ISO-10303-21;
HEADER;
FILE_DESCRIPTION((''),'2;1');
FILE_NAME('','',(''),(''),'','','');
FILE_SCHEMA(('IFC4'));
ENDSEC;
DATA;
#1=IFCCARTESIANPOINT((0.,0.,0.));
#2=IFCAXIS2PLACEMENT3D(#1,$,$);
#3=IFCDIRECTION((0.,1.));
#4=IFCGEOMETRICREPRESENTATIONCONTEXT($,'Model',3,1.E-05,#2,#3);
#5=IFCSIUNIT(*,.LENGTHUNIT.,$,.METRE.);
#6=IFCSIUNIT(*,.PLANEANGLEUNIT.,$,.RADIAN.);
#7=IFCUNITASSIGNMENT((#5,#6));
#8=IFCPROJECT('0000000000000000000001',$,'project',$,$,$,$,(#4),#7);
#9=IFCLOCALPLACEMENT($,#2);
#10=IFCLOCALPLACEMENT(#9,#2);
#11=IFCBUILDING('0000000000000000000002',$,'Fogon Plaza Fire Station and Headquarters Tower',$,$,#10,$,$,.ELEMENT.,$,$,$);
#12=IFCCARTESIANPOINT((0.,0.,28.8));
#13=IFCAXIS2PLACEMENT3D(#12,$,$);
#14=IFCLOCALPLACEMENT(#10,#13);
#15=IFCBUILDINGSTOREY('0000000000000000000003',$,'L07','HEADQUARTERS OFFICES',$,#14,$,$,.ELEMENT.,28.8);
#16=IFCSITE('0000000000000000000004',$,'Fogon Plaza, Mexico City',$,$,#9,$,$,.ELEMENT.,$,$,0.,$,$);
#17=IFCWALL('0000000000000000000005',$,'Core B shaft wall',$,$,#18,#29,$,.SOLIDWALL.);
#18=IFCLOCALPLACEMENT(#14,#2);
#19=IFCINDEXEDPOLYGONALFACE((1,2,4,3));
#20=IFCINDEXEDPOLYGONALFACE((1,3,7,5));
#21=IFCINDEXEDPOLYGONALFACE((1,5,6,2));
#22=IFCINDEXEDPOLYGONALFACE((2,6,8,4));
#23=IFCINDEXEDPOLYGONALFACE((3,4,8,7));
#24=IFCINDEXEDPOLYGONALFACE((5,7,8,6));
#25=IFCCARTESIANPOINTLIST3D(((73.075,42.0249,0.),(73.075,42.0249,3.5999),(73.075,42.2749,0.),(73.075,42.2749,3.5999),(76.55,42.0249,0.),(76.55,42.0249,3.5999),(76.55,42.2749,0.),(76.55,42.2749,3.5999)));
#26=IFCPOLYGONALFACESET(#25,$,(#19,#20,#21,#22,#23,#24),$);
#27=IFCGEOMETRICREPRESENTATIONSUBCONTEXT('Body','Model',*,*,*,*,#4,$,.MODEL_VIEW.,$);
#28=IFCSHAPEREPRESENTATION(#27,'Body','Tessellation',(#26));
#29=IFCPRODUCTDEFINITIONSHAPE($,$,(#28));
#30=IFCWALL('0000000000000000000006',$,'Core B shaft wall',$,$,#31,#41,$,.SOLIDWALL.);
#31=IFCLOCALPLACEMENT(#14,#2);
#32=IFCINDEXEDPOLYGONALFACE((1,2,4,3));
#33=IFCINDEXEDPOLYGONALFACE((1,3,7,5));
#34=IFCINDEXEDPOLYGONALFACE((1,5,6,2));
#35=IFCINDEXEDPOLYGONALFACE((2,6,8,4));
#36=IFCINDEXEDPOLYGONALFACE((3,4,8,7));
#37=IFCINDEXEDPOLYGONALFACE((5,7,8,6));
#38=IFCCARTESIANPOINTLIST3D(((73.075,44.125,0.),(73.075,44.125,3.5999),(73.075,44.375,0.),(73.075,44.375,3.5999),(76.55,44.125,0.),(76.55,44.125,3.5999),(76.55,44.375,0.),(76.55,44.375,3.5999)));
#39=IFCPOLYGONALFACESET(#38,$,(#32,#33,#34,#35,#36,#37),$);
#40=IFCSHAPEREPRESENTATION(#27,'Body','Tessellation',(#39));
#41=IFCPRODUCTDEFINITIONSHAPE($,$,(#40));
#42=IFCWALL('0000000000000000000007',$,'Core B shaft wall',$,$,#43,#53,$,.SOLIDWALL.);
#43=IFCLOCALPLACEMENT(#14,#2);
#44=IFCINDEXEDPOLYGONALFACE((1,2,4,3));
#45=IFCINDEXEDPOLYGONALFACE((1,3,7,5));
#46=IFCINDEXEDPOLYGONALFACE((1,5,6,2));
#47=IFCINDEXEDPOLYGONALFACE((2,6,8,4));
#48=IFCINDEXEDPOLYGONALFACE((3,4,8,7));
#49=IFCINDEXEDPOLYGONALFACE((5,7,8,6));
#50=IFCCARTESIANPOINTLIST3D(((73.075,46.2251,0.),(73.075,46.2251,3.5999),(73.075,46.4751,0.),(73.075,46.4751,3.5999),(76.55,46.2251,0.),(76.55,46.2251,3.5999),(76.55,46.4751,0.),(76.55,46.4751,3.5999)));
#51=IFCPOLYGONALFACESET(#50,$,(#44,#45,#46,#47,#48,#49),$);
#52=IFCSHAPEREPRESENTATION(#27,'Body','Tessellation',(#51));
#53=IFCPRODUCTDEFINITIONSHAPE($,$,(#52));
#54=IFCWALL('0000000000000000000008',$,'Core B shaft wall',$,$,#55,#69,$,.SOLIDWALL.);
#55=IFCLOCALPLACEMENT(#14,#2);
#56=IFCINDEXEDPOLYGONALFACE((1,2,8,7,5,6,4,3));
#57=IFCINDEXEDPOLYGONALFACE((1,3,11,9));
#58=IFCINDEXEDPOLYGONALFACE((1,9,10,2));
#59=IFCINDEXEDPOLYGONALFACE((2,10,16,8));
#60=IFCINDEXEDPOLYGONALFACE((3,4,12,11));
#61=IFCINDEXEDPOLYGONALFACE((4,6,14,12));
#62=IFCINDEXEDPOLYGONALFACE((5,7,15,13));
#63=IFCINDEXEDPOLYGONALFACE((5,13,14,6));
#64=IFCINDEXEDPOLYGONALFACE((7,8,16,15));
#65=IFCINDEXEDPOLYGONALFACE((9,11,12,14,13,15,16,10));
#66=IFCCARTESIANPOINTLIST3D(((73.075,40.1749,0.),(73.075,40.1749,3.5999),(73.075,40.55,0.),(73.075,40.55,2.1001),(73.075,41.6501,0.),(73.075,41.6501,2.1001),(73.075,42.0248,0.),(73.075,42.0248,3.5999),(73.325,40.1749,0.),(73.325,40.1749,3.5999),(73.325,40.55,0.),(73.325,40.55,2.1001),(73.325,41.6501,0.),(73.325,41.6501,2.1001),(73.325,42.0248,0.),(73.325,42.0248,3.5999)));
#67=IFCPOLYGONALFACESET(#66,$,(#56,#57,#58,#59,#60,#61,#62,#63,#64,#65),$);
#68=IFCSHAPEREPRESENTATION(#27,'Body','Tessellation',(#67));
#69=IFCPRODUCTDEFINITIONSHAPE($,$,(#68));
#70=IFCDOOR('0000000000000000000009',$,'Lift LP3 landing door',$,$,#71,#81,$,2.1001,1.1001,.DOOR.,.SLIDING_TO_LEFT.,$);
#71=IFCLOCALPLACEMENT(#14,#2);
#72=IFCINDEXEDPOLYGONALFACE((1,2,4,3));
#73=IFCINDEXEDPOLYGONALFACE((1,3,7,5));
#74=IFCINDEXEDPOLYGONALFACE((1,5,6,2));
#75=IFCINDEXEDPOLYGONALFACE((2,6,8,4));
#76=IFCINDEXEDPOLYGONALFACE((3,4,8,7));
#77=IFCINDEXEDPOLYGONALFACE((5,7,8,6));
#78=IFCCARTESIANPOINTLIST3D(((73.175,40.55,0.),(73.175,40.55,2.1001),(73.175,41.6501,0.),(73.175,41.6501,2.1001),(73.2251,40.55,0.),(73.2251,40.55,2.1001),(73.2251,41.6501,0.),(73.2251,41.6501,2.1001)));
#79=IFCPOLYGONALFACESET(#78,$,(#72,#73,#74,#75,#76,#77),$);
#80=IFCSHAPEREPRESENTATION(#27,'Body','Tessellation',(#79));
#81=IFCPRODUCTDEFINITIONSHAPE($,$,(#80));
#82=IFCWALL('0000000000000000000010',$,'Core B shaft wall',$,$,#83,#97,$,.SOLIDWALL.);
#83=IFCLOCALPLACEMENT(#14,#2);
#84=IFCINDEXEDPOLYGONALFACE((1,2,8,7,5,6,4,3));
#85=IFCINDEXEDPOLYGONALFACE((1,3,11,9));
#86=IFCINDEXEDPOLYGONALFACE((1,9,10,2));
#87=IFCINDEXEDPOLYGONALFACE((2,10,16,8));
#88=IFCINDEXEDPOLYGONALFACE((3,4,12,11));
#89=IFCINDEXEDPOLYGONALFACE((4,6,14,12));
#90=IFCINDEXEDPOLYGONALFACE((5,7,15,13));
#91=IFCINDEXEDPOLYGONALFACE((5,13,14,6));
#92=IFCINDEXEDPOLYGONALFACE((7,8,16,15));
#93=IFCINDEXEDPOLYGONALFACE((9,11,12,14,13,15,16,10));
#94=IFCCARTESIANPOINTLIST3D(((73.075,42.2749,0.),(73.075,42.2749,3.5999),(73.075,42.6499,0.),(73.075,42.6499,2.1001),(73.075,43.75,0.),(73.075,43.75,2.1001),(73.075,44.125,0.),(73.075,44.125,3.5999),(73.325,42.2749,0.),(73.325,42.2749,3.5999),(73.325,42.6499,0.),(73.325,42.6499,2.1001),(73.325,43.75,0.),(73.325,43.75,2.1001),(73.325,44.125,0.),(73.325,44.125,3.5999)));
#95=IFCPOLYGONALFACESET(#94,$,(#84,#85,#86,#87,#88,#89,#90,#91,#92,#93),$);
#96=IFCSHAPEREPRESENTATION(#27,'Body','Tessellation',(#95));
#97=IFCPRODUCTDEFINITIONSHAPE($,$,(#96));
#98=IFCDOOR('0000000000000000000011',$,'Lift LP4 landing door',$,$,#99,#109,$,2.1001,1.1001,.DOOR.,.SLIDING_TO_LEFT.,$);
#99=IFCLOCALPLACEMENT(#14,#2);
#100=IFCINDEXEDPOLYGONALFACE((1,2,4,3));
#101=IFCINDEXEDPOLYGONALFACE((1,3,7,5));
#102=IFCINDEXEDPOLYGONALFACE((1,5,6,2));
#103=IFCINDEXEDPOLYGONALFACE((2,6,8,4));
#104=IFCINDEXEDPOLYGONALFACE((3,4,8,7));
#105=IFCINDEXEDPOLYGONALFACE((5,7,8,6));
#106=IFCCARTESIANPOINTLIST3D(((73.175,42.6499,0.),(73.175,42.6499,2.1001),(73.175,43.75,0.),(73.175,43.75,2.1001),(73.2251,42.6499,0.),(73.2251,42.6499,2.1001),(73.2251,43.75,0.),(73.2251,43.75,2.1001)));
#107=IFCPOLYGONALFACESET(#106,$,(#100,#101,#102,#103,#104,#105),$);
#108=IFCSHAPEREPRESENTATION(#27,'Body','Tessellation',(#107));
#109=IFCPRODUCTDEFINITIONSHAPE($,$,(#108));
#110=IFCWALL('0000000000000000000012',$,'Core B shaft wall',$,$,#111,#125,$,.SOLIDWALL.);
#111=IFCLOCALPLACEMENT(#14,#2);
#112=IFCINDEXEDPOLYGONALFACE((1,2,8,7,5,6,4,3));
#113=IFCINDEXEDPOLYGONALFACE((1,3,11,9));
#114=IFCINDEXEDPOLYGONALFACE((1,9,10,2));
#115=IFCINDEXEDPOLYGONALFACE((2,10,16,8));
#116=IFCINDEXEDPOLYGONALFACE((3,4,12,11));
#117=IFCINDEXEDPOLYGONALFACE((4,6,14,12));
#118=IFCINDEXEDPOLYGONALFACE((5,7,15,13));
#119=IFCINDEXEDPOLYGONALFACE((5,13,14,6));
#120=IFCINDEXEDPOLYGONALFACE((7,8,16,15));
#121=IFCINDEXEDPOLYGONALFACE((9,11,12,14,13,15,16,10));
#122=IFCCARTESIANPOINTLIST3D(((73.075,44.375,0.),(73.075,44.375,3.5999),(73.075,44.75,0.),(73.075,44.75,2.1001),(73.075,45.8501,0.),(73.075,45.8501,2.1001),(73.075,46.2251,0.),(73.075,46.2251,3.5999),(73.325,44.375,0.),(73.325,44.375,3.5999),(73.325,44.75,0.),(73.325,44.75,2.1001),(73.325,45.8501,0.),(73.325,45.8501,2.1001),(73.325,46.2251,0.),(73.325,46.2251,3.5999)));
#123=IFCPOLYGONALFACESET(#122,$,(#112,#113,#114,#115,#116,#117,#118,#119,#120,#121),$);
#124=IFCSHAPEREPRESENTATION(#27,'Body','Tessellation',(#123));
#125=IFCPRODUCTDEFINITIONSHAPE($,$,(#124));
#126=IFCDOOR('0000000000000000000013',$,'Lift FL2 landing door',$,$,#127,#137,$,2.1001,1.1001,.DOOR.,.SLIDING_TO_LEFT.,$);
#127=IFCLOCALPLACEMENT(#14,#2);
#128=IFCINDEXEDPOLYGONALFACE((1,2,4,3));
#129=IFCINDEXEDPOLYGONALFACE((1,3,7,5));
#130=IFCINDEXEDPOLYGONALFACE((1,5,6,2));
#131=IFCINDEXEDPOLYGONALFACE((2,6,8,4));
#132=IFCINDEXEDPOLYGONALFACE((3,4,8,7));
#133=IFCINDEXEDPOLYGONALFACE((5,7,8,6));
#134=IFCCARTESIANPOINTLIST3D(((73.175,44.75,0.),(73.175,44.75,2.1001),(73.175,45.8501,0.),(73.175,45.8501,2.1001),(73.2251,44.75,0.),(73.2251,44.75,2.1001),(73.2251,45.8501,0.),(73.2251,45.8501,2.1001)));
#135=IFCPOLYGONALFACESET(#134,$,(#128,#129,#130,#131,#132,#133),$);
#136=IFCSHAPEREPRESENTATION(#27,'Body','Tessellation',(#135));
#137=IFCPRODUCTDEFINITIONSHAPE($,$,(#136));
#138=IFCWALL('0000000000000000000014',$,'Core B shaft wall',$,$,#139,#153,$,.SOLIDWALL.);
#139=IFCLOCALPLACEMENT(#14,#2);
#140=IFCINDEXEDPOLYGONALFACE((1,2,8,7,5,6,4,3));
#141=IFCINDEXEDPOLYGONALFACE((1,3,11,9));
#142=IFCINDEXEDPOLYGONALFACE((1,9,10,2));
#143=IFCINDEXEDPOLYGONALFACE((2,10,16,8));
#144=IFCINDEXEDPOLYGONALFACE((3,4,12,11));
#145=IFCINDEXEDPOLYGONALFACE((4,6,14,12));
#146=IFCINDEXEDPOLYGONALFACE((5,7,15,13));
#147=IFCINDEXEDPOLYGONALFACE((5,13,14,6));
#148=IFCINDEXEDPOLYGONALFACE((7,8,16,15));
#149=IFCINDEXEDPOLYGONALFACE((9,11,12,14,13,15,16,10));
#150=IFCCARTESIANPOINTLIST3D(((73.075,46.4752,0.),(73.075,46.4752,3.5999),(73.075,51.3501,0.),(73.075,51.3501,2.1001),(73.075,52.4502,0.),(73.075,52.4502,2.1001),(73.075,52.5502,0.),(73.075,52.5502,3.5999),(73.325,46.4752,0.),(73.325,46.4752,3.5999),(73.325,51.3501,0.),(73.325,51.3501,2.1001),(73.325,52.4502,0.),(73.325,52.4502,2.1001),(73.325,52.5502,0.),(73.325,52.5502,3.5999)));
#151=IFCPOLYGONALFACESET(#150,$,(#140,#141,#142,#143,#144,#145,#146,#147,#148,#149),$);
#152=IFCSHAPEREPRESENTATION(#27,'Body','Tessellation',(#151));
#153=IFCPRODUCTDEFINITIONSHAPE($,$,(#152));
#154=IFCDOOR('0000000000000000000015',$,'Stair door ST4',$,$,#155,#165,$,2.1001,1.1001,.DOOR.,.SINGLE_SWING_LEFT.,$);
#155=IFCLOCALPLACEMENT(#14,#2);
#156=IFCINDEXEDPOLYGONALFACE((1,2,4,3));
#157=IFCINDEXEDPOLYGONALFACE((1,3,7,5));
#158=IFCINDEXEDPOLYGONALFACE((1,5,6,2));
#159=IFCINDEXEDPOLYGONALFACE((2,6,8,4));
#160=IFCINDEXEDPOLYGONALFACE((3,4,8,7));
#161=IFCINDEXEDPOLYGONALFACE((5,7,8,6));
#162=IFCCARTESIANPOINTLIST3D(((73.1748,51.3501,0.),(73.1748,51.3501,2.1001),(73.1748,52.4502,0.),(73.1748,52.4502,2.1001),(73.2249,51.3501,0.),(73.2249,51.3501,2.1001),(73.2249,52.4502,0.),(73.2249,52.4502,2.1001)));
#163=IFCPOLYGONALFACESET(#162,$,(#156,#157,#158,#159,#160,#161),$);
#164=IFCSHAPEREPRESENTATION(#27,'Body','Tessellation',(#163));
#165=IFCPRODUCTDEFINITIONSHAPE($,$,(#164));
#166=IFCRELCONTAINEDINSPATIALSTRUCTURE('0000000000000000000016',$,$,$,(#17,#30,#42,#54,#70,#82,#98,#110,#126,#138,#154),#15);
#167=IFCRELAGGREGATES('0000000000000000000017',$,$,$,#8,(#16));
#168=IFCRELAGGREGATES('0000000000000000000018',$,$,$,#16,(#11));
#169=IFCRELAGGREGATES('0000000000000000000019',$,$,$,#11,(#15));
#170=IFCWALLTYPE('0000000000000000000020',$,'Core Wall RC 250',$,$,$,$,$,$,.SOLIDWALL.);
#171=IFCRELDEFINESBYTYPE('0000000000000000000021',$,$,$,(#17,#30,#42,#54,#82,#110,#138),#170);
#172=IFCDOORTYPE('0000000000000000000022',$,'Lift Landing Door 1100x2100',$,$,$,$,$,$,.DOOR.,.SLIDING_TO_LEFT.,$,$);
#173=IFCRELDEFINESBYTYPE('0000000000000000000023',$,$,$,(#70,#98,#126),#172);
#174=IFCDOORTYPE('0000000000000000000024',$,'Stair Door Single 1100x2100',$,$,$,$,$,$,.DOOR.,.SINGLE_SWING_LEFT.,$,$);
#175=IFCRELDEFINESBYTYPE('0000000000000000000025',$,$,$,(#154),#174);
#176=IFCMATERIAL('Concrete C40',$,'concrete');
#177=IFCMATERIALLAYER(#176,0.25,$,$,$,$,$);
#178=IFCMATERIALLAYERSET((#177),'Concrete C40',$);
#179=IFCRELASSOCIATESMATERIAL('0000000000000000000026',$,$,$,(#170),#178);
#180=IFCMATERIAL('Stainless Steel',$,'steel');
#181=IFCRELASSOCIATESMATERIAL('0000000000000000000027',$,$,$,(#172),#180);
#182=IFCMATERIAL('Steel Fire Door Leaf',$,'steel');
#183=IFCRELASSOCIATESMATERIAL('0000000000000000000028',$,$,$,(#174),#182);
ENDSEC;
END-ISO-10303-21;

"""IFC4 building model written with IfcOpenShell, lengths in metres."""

from ifc_helpers import new_model, si_unit, direction, frame, frame_2d, origin, place, context, subcontext, project, spatial, rectangle, extrude, material, layer, layer_set, type_object, element, fill, save


model = new_model("IFC4")

# Units and contexts
model_context = context("Model", 3, precision=1e-05, world=origin(), true_north=direction((0.0, 1.0)))
body_context = subcontext(model_context, "Body", "Model", "MODEL_VIEW")
ifc_project = project(units=[si_unit("LENGTHUNIT", "METRE"), si_unit("PLANEANGLEUNIT", "RADIAN")], contexts=[model_context])

# Site, building, storey
site_placement = place(None, origin())
site = spatial("IfcSite", under=ifc_project, at=site_placement, Name="Fogon Plaza, Mexico City", CompositionType="ELEMENT", RefElevation=0.0)
building_placement = place(site_placement, origin())
building = spatial("IfcBuilding", under=site, at=building_placement, Name="Fogon Plaza Fire Station and Headquarters Tower", CompositionType="ELEMENT")
storey_placement = place(building_placement, frame((0.0, 0.0, 28.8)))
storey = spatial("IfcBuildingStorey", under=building, at=storey_placement, Name="L07", Description="HEADQUARTERS OFFICES", CompositionType="ELEMENT", Elevation=28.8)

# Walls
ifc_material_1 = material(Name="Concrete C40", Category="concrete")
ifc_layer_1 = layer(ifc_material_1, 0.25)
ifc_layer_set_1 = layer_set([ifc_layer_1], Name="Concrete C40")
wall_type_1 = type_object("IfcWallType", Name="Core Wall RC 250", PredefinedType="SOLIDWALL", material=ifc_layer_set_1)
for number, where, z_axis, x_axis, name in (
    (1, (76.55, 42.1499, 0.0), (0.0, 0.0, 1.0), (-1.0, 0.0, 0.0), "Core B shaft wall"),
    (2, (76.55, 44.25, 0.0), (0.0, 0.0, 1.0), (-1.0, 0.0, 0.0), "Core B shaft wall"),
    (3, (76.55, 46.3501, 0.0), (0.0, 0.0, 1.0), (-1.0, 0.0, 0.0), "Core B shaft wall"),
):
    element("IfcWall", number, at=place(storey_placement, frame(where, z_axis=z_axis, x_axis=x_axis)), inside=storey, type_object=wall_type_1, Name=name, PredefinedType="SOLIDWALL", context=body_context, shape_type="SweptSolid", body=[
        extrude(rectangle(XDim=3.4751, YDim=0.25, at=frame_2d((1.7375, 0.0))), origin(), (0.0, 0.0, 1.0), 3.5999),
    ])

# Walls, openings, doors
wall_1_placement = place(storey_placement, frame((73.2, 40.175, 0.0), z_axis=(0.0, 0.0, 1.0), x_axis=(0.0, 1.0, 0.0)))
wall_1 = element("IfcWall", 4, at=wall_1_placement, inside=storey, type_object=wall_type_1, Name="Core B shaft wall", PredefinedType="SOLIDWALL", context=body_context, shape_type="SweptSolid", body=[
    extrude(rectangle(XDim=1.8499, YDim=0.25, at=frame_2d((0.9248, 0.0))), origin(), (0.0, 0.0, 1.0), 3.5999),
])
opening_1_placement = place(wall_1_placement, frame((0.375, 0.0, 0.0)))
opening_1 = element("IfcOpeningElement", 5, at=opening_1_placement, cuts=wall_1, PredefinedType="OPENING", context=body_context, shape_type="SweptSolid", body=[
    extrude(rectangle(XDim=1.1001, YDim=2.1001, at=frame_2d((0.55, 1.05))), frame((0.0, 0.135, 0.0), z_axis=(0.0, -1.0, 0.0), x_axis=(1.0, 0.0, 0.0)), (0.0, 0.0, 1.0), 0.27),
])
ifc_material_2 = material(Name="Stainless Steel", Category="steel")
door_type_1 = type_object("IfcDoorType", Name="Lift Landing Door 1100x2100", OperationType="SLIDING_TO_LEFT", PredefinedType="DOOR", material=ifc_material_2)
door_1_placement = place(opening_1_placement, origin())
door_1 = element("IfcDoor", 6, at=door_1_placement, inside=storey, type_object=door_type_1, Name="Lift LP3 landing door", OperationType="SLIDING_TO_LEFT", OverallHeight=2.1001, OverallWidth=1.1001, PredefinedType="DOOR", context=body_context, shape_type="SweptSolid", body=[
    extrude(rectangle(XDim=1.1001, YDim=2.1001, at=frame_2d((0.55, 1.05))), frame((0.0, 0.0249, 0.0), z_axis=(0.0, -1.0, 0.0), x_axis=(1.0, 0.0, 0.0)), (0.0, 0.0, 1.0), 0.05),
])
fill(opening_1, door_1)
wall_2_placement = place(storey_placement, frame((73.2, 42.2749, 0.0), z_axis=(0.0, 0.0, 1.0), x_axis=(0.0, 1.0, 0.0)))
wall_2 = element("IfcWall", 7, at=wall_2_placement, inside=storey, type_object=wall_type_1, Name="Core B shaft wall", PredefinedType="SOLIDWALL", context=body_context, shape_type="SweptSolid", body=[
    extrude(rectangle(XDim=1.8501, YDim=0.25, at=frame_2d((0.925, 0.0))), origin(), (0.0, 0.0, 1.0), 3.5999),
])
opening_2_placement = place(wall_2_placement, frame((0.375, 0.0, 0.0)))
opening_2 = element("IfcOpeningElement", 8, at=opening_2_placement, cuts=wall_2, PredefinedType="OPENING", context=body_context, shape_type="SweptSolid", body=[
    extrude(rectangle(XDim=1.1001, YDim=2.1001, at=frame_2d((0.55, 1.05))), frame((0.0, 0.135, 0.0), z_axis=(0.0, -1.0, 0.0), x_axis=(1.0, 0.0, 0.0)), (0.0, 0.0, 1.0), 0.27),
])
door_2_placement = place(opening_2_placement, origin())
door_2 = element("IfcDoor", 9, at=door_2_placement, inside=storey, type_object=door_type_1, Name="Lift LP4 landing door", OperationType="SLIDING_TO_LEFT", OverallHeight=2.1001, OverallWidth=1.1001, PredefinedType="DOOR", context=body_context, shape_type="SweptSolid", body=[
    extrude(rectangle(XDim=1.1001, YDim=2.1001, at=frame_2d((0.55, 1.05))), frame((0.0, 0.0249, 0.0), z_axis=(0.0, -1.0, 0.0), x_axis=(1.0, 0.0, 0.0)), (0.0, 0.0, 1.0), 0.05),
])
fill(opening_2, door_2)
wall_3_placement = place(storey_placement, frame((73.2, 44.375, 0.0), z_axis=(0.0, 0.0, 1.0), x_axis=(0.0, 1.0, 0.0)))
wall_3 = element("IfcWall", 10, at=wall_3_placement, inside=storey, type_object=wall_type_1, Name="Core B shaft wall", PredefinedType="SOLIDWALL", context=body_context, shape_type="SweptSolid", body=[
    extrude(rectangle(XDim=1.8501, YDim=0.25, at=frame_2d((0.925, 0.0))), origin(), (0.0, 0.0, 1.0), 3.5999),
])
opening_3_placement = place(wall_3_placement, frame((0.375, 0.0, 0.0)))
opening_3 = element("IfcOpeningElement", 11, at=opening_3_placement, cuts=wall_3, PredefinedType="OPENING", context=body_context, shape_type="SweptSolid", body=[
    extrude(rectangle(XDim=1.1001, YDim=2.1001, at=frame_2d((0.55, 1.05))), frame((0.0, 0.135, 0.0), z_axis=(0.0, -1.0, 0.0), x_axis=(1.0, 0.0, 0.0)), (0.0, 0.0, 1.0), 0.27),
])
door_3_placement = place(opening_3_placement, origin())
door_3 = element("IfcDoor", 12, at=door_3_placement, inside=storey, type_object=door_type_1, Name="Lift FL2 landing door", OperationType="SLIDING_TO_LEFT", OverallHeight=2.1001, OverallWidth=1.1001, PredefinedType="DOOR", context=body_context, shape_type="SweptSolid", body=[
    extrude(rectangle(XDim=1.1001, YDim=2.1001, at=frame_2d((0.55, 1.05))), frame((0.0, 0.0249, 0.0), z_axis=(0.0, -1.0, 0.0), x_axis=(1.0, 0.0, 0.0)), (0.0, 0.0, 1.0), 0.05),
])
fill(opening_3, door_3)
wall_4_placement = place(storey_placement, frame((73.2, 46.4751, 0.0), z_axis=(0.0, 0.0, 1.0), x_axis=(0.0, 1.0, 0.0)))
wall_4 = element("IfcWall", 13, at=wall_4_placement, inside=storey, type_object=wall_type_1, Name="Core B shaft wall", PredefinedType="SOLIDWALL", context=body_context, shape_type="SweptSolid", body=[
    extrude(rectangle(XDim=6.075, YDim=0.25, at=frame_2d((3.0376, 0.0))), origin(), (0.0, 0.0, 1.0), 3.5999),
])
opening_4_placement = place(wall_4_placement, frame((4.875, 0.0, 0.0)))
opening_4 = element("IfcOpeningElement", 14, at=opening_4_placement, cuts=wall_4, PredefinedType="OPENING", context=body_context, shape_type="SweptSolid", body=[
    extrude(rectangle(XDim=1.1001, YDim=2.1001, at=frame_2d((0.55, 1.05))), frame((0.0, 0.135, 0.0), z_axis=(0.0, -1.0, 0.0), x_axis=(1.0, 0.0, 0.0)), (0.0, 0.0, 1.0), 0.27),
])
ifc_material_3 = material(Name="Steel Fire Door Leaf", Category="steel")
door_type_2 = type_object("IfcDoorType", Name="Stair Door Single 1100x2100", OperationType="SINGLE_SWING_LEFT", PredefinedType="DOOR", material=ifc_material_3)
door_4_placement = place(opening_4_placement, frame((1.1001, 0.0, 0.0), z_axis=(0.0, 0.0, 1.0), x_axis=(-1.0, 0.0, 0.0)))
door_4 = element("IfcDoor", 15, at=door_4_placement, inside=storey, type_object=door_type_2, Name="Stair door ST4", OperationType="SINGLE_SWING_LEFT", OverallHeight=2.1001, OverallWidth=1.1001, PredefinedType="DOOR", context=body_context, shape_type="SweptSolid", body=[
    extrude(rectangle(XDim=1.1001, YDim=2.1001, at=frame_2d((0.55, 1.05))), frame((0.0, 0.0249, 0.0), z_axis=(0.0, -1.0, 0.0), x_axis=(1.0, 0.0, 0.0)), (0.0, 0.0, 1.0), 0.05),
])
fill(opening_4, door_4)

save(model, "model.ifc")
